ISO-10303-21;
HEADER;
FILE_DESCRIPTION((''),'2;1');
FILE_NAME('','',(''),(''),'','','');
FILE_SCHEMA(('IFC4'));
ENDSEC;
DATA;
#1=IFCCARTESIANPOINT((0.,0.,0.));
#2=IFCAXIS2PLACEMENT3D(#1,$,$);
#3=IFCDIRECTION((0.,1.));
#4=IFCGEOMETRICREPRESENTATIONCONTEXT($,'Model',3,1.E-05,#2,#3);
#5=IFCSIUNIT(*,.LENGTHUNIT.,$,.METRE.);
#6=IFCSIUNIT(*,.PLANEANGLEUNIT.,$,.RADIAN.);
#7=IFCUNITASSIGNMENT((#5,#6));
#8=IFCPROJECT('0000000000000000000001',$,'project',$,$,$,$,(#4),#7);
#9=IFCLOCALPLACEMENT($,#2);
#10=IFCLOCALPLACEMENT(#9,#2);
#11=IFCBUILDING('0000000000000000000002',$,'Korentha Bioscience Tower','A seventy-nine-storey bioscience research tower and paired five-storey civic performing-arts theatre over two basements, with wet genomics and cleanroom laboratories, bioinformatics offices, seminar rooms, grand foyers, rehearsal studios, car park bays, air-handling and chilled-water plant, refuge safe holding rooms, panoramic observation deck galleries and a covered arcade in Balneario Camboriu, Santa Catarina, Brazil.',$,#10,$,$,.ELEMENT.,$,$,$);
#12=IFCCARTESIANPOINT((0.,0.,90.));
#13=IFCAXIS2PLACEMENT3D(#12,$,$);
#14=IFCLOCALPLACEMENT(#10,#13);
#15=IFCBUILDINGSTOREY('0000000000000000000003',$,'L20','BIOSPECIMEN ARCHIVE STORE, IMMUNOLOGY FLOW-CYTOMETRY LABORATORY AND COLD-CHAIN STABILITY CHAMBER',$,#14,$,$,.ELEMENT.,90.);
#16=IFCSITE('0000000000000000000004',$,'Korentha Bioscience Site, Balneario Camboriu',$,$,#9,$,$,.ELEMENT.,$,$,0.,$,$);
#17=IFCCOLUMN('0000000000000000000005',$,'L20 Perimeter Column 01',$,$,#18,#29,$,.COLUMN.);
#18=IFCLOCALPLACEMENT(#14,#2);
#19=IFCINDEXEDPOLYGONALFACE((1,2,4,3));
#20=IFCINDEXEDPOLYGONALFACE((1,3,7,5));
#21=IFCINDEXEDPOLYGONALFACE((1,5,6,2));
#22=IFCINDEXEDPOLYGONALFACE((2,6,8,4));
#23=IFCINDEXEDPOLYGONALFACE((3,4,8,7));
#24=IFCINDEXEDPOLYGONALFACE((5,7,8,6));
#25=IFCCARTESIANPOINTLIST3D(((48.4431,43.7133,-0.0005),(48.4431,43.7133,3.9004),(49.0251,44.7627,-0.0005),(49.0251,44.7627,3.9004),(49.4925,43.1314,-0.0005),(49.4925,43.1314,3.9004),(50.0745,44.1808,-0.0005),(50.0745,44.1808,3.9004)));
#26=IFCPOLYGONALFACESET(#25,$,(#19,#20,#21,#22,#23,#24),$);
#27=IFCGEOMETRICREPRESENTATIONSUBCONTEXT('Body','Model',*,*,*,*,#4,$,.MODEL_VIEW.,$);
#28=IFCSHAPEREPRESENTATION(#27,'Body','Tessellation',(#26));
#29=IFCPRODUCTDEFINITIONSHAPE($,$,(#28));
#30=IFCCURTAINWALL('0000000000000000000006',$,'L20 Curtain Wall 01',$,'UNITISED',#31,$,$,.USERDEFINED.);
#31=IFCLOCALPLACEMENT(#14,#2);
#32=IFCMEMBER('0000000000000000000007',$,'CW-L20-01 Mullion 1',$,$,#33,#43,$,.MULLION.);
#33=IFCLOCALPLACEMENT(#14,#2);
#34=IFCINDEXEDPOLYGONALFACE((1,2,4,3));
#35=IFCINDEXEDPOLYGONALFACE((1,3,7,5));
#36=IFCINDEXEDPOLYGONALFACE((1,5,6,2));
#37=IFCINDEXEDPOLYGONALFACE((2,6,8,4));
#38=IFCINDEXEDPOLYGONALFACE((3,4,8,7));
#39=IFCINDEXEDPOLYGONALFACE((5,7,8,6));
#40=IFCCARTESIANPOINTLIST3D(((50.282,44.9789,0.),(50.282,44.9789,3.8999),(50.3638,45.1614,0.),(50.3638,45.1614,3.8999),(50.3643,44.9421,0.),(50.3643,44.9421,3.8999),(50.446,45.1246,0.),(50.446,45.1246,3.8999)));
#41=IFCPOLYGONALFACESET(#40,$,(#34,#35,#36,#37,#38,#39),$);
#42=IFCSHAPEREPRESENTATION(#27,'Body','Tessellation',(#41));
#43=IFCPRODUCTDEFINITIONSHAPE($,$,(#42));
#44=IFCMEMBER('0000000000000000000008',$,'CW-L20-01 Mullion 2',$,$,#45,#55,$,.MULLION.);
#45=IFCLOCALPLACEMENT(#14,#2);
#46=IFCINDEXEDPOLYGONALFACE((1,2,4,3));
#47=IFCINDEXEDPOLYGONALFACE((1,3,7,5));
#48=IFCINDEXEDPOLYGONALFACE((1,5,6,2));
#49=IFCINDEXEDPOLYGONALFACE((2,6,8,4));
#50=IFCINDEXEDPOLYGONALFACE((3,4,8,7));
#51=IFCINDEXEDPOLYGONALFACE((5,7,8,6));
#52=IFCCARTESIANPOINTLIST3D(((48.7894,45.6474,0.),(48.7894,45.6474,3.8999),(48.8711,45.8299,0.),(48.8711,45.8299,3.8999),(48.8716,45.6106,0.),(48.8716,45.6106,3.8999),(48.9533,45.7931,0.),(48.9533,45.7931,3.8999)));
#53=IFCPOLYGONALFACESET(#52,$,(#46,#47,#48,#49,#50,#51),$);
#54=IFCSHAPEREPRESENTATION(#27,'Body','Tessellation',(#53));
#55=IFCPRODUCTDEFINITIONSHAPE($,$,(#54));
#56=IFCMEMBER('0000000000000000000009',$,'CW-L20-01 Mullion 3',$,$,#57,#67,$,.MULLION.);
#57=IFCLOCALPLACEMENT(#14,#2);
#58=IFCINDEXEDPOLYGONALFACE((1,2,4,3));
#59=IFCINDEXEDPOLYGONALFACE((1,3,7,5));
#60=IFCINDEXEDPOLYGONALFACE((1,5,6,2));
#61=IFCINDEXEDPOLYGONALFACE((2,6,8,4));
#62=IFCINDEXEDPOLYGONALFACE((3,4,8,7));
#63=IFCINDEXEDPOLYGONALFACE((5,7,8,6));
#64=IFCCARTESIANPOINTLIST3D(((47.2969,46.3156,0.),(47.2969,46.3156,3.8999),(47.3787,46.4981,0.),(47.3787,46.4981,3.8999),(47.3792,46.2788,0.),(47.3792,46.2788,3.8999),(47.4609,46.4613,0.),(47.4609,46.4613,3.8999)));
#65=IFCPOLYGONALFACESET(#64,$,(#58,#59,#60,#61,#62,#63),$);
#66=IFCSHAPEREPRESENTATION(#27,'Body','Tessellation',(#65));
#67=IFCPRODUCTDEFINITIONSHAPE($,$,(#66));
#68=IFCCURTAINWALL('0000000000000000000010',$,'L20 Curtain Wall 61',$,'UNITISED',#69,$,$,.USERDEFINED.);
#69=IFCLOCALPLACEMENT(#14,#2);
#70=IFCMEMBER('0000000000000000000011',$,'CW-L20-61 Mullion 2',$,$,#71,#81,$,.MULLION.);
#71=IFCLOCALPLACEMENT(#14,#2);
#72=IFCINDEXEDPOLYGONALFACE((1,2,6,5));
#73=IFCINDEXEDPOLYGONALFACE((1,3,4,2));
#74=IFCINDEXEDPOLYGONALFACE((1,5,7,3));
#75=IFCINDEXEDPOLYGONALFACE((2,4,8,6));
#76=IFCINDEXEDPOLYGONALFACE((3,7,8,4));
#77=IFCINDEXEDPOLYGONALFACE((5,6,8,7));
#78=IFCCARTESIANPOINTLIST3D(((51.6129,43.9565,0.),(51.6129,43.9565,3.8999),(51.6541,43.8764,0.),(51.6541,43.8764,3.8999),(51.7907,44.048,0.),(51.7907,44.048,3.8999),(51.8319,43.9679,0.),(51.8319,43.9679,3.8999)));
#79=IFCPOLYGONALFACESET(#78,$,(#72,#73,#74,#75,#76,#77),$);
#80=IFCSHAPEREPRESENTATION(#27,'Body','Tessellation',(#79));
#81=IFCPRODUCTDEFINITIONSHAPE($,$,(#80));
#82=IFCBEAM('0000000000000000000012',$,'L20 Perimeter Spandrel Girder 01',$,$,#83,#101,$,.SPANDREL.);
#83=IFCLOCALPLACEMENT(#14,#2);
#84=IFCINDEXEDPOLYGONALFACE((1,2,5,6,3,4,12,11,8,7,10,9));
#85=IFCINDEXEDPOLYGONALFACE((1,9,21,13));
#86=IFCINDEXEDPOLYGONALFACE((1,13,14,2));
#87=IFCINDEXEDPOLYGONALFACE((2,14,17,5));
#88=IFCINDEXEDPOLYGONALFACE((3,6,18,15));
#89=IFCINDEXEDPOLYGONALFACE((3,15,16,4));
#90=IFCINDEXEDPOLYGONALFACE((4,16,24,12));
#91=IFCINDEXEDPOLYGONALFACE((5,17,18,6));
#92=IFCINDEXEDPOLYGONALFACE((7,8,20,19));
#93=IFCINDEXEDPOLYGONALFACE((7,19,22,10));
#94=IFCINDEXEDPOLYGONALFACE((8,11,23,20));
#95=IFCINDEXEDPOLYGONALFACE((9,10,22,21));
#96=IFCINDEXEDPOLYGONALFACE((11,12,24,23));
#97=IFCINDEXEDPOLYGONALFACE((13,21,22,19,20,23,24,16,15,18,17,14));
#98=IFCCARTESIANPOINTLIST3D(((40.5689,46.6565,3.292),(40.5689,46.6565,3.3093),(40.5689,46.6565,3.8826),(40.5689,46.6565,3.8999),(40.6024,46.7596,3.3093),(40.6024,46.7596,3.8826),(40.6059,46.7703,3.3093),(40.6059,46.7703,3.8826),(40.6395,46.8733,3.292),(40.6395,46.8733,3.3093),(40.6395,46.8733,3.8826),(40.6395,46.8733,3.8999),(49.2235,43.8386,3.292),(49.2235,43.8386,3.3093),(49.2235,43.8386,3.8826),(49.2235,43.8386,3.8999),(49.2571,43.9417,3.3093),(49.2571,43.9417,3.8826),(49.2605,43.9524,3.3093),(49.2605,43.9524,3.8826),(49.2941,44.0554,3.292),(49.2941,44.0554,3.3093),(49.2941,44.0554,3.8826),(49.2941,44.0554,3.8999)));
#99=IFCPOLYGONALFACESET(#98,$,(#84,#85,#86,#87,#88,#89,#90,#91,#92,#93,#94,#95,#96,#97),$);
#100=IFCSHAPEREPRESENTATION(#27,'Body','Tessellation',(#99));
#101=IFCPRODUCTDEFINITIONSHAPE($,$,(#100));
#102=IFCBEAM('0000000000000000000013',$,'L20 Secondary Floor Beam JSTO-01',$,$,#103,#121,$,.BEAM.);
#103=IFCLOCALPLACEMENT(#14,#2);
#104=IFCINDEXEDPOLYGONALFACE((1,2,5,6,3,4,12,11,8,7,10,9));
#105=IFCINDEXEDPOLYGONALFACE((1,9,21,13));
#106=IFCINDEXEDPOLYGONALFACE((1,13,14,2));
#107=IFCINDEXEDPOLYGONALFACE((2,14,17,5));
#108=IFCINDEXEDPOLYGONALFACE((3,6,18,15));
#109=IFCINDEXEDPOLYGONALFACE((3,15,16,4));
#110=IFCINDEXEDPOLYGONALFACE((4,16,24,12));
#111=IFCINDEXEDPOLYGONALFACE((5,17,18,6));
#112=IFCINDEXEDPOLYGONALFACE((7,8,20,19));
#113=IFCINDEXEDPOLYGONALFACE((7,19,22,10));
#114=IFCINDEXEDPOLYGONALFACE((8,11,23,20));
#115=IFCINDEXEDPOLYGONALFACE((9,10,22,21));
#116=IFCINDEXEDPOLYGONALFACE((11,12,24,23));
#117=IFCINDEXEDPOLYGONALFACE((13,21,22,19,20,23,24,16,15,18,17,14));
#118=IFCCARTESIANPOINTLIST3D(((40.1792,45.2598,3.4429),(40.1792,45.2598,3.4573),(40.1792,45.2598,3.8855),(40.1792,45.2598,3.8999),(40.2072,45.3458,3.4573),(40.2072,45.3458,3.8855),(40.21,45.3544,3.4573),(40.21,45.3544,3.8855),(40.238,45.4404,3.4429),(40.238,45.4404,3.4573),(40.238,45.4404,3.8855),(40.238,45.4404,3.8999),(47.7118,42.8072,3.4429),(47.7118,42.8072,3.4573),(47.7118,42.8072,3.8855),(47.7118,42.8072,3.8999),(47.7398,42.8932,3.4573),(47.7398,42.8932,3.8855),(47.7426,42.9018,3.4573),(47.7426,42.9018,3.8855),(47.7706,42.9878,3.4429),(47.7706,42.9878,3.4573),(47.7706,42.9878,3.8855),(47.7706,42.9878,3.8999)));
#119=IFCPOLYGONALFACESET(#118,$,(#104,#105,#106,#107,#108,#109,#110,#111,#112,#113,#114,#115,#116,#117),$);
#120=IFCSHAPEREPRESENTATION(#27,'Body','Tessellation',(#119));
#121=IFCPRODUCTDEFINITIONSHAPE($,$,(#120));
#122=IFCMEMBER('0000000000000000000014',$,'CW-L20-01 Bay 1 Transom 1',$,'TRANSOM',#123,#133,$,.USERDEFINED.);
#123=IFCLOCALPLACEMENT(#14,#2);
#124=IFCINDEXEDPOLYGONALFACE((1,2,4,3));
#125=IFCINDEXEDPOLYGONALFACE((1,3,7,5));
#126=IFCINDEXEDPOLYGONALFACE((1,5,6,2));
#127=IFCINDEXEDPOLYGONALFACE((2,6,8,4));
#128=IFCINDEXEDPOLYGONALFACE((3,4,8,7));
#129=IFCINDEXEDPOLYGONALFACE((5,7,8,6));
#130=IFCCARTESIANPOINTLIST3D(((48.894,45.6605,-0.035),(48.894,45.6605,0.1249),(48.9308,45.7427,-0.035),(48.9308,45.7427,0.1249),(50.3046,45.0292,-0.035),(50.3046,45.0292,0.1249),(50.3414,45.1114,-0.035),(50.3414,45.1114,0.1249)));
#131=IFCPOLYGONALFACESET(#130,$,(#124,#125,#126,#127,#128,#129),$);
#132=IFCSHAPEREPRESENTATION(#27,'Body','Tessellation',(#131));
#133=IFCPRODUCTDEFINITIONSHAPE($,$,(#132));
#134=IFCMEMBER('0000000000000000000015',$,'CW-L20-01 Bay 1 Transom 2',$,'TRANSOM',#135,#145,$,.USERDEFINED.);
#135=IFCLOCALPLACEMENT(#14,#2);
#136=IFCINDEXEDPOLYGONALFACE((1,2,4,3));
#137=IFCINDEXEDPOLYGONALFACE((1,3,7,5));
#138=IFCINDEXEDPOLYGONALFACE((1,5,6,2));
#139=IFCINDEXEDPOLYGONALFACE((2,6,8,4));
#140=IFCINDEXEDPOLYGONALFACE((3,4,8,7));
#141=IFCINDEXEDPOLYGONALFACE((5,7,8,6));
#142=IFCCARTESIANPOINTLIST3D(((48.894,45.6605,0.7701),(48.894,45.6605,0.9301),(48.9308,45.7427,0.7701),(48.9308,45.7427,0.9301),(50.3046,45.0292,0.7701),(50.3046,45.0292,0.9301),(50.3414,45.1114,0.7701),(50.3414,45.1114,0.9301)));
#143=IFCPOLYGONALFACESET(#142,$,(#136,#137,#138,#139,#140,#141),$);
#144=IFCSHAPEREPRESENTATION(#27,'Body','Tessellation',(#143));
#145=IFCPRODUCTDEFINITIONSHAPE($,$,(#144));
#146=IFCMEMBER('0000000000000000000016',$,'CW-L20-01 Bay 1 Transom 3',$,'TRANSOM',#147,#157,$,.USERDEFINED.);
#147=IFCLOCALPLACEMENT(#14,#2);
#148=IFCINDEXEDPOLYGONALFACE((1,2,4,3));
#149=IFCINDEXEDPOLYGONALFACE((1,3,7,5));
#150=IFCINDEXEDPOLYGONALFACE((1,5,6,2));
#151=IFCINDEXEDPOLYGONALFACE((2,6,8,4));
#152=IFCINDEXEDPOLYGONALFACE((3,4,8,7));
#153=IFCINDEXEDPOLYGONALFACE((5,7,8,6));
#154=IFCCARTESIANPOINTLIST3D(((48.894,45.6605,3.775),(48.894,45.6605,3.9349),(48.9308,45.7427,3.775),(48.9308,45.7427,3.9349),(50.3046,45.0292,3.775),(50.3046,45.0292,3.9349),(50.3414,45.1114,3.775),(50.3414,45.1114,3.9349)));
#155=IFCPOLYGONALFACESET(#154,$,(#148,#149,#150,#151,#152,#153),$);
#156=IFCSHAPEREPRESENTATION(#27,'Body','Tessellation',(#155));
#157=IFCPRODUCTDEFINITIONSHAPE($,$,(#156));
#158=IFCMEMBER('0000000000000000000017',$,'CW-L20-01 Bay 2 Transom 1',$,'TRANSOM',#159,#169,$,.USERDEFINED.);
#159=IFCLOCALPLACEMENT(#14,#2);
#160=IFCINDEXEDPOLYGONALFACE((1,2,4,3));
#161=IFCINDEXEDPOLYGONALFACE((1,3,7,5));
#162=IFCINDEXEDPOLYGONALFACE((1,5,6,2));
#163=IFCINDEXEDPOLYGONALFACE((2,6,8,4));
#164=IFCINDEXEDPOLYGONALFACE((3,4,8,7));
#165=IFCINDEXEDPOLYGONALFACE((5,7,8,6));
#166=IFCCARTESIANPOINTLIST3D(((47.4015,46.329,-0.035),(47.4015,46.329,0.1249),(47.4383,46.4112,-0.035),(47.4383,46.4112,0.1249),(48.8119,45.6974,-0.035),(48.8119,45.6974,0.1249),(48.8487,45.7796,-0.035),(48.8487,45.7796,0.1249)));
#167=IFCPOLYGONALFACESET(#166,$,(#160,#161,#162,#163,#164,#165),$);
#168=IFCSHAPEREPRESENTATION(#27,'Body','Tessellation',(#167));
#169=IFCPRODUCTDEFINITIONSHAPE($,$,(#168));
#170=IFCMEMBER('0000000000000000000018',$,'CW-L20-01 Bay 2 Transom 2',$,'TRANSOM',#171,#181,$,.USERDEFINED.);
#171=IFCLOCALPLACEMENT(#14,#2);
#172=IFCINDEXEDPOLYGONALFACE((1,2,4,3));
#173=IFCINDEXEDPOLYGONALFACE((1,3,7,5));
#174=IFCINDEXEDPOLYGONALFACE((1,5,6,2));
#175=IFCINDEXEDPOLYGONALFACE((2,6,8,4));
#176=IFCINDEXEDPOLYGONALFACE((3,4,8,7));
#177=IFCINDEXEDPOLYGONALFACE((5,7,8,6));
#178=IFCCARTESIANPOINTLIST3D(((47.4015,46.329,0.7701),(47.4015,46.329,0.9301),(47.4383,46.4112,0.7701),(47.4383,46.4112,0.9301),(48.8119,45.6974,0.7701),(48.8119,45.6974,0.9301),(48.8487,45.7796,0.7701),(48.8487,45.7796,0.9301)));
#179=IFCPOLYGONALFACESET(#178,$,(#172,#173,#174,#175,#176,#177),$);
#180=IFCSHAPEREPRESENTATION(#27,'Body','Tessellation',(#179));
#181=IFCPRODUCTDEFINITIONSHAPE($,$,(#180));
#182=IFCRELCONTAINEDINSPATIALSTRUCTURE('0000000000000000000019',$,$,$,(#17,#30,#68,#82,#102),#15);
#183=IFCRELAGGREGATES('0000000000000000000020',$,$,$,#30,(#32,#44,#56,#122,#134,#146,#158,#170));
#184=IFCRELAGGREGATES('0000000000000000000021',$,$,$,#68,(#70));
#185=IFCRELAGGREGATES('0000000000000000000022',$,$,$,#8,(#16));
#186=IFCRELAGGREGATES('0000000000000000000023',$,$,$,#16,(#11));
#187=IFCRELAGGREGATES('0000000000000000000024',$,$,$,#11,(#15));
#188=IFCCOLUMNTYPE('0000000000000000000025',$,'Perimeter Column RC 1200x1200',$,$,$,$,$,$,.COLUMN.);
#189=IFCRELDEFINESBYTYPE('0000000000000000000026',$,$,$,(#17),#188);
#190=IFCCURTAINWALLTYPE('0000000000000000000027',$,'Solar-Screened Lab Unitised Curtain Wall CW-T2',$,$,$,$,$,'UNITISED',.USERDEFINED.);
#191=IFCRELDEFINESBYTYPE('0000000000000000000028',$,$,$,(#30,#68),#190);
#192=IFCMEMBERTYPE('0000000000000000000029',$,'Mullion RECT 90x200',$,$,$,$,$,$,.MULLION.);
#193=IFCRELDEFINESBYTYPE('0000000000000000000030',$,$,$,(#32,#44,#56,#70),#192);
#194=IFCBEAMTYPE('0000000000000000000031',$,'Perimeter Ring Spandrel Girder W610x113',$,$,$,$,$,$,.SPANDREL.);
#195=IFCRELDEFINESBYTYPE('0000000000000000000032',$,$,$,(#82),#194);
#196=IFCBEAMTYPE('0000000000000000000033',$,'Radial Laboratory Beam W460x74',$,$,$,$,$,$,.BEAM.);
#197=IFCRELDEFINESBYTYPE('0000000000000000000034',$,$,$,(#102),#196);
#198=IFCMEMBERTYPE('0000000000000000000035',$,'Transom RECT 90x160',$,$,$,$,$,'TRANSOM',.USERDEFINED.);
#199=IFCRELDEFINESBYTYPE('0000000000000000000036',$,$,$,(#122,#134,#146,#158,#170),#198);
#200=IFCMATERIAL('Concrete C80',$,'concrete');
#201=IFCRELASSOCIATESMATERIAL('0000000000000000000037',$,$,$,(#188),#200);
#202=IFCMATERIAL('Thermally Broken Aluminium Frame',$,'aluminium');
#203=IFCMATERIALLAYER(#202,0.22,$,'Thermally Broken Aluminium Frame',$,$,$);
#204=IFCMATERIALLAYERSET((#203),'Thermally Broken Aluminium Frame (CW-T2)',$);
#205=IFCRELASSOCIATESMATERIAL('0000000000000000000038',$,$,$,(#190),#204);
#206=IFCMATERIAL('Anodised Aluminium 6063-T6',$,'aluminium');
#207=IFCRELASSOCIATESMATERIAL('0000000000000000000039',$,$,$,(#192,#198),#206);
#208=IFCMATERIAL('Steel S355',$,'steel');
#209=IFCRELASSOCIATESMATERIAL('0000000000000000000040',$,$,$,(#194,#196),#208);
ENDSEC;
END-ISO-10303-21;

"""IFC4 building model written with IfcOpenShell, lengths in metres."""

from ifc_helpers import new_model, si_unit, direction, frame, origin, origin_2d, place, context, subcontext, project, spatial, rectangle, i_section, extrude, material, layer, layer_set, material_profile, profile_set, type_object, element, aggregate, save


model = new_model("IFC4")

# Units and contexts
model_context = context("Model", 3, precision=1e-05, world=origin(), true_north=direction((0.0, 1.0)))
body_context = subcontext(model_context, "Body", "Model", "MODEL_VIEW")
ifc_project = project(units=[si_unit("LENGTHUNIT", "METRE"), si_unit("PLANEANGLEUNIT", "RADIAN")], contexts=[model_context])

# Site, building, storey
site_placement = place(None, origin())
site = spatial("IfcSite", under=ifc_project, at=site_placement, Name="Korentha Bioscience Site, Balneario Camboriu", CompositionType="ELEMENT", RefElevation=0.0)
building_placement = place(site_placement, origin())
building = spatial("IfcBuilding", under=site, at=building_placement, Name="Korentha Bioscience Tower", Description="A seventy-nine-storey bioscience research tower and paired five-storey civic performing-arts theatre over two basements, with wet genomics and cleanroom laboratories, bioinformatics offices, seminar rooms, grand foyers, rehearsal studios, car park bays, air-handling and chilled-water plant, refuge safe holding rooms, panoramic observation deck galleries and a covered arcade in Balneario Camboriu, Santa Catarina, Brazil.", CompositionType="ELEMENT")
storey_placement = place(building_placement, frame((0.0, 0.0, 90.0)))
storey = spatial("IfcBuildingStorey", under=building, at=storey_placement, Name="L20", Description="BIOSPECIMEN ARCHIVE STORE, IMMUNOLOGY FLOW-CYTOMETRY LABORATORY AND COLD-CHAIN STABILITY CHAMBER", CompositionType="ELEMENT", Elevation=90.0)

# Column
ifc_material_1 = material(Name="Concrete C80", Category="concrete")
ifc_material_profile_1 = material_profile(ifc_material_1, rectangle(XDim=1.2, YDim=1.2, at=origin_2d()), Name="Concrete C80")
ifc_profile_set_1 = profile_set([ifc_material_profile_1], Name="Concrete C80 (COL-P12)")
column_type = type_object("IfcColumnType", Name="Perimeter Column RC 1200x1200", PredefinedType="COLUMN", material=ifc_profile_set_1)
column_placement = place(storey_placement, frame((49.2588, 43.947, -0.0005), z_axis=(0.0, 0.0, 1.0), x_axis=(-0.874535, 0.484962, 0.0)))
element("IfcColumn", 1, at=column_placement, inside=storey, type_object=column_type, Name="L20 Perimeter Column 01", PredefinedType="COLUMN", context=body_context, shape_type="SweptSolid", body=[
    extrude(rectangle(XDim=1.2, YDim=1.2, at=origin_2d()), origin(), (0.0, 0.0, 1.0), 3.9009),
])

# Curtain wall, members
ifc_material_2 = material(Name="Thermally Broken Aluminium Frame", Category="aluminium")
ifc_layer_1 = layer(ifc_material_2, 0.22, Name="Thermally Broken Aluminium Frame")
ifc_layer_set_1 = layer_set([ifc_layer_1], Name="Thermally Broken Aluminium Frame (CW-T2)")
curtain_wall_type = type_object("IfcCurtainWallType", Name="Solar-Screened Lab Unitised Curtain Wall CW-T2", ElementType="UNITISED", PredefinedType="USERDEFINED", material=ifc_layer_set_1)
curtain_wall_1_placement = place(storey_placement, origin())
curtain_wall_1 = element("IfcCurtainWall", 2, at=curtain_wall_1_placement, inside=storey, type_object=curtain_wall_type, Name="L20 Curtain Wall 01", ObjectType="UNITISED", PredefinedType="USERDEFINED")
ifc_material_3 = material(Name="Anodised Aluminium 6063-T6", Category="aluminium")
ifc_material_profile_2 = material_profile(ifc_material_3, rectangle(XDim=0.0901, YDim=0.2, at=origin_2d()), Name="Anodised Aluminium 6063-T6")
ifc_profile_set_2 = profile_set([ifc_material_profile_2], Name="Anodised Aluminium 6063-T6 (CW-MUL)")
member_type_1 = type_object("IfcMemberType", Name="Mullion RECT 90x200", PredefinedType="MULLION", material=ifc_profile_set_2)
member_1_placement = place(storey_placement, frame((50.364, 45.0518, 0.0), z_axis=(0.0, 0.0, 1.0), x_axis=(-0.912687, 0.40866, 0.0)))
member_1 = element("IfcMember", 3, at=member_1_placement, type_object=member_type_1, Name="CW-L20-01 Mullion 1", PredefinedType="MULLION", context=body_context, shape_type="SweptSolid", body=[
    extrude(rectangle(XDim=0.0901, YDim=0.2, at=origin_2d()), origin(), (0.0, 0.0, 1.0), 3.8999),
])
member_2_placement = place(storey_placement, frame((48.8713, 45.7202, 0.0), z_axis=(0.0, 0.0, 1.0), x_axis=(-0.912687, 0.40866, 0.0)))
member_2 = element("IfcMember", 4, at=member_2_placement, type_object=member_type_1, Name="CW-L20-01 Mullion 2", PredefinedType="MULLION", context=body_context, shape_type="SweptSolid", body=[
    extrude(rectangle(XDim=0.0901, YDim=0.2, at=origin_2d()), origin(), (0.0, 0.0, 1.0), 3.8999),
])
member_3_placement = place(storey_placement, frame((47.3789, 46.3884, 0.0), z_axis=(0.0, 0.0, 1.0), x_axis=(-0.912687, 0.40866, 0.0)))
member_3 = element("IfcMember", 5, at=member_3_placement, type_object=member_type_1, Name="CW-L20-01 Mullion 3", PredefinedType="MULLION", context=body_context, shape_type="SweptSolid", body=[
    extrude(rectangle(XDim=0.0901, YDim=0.2, at=origin_2d()), origin(), (0.0, 0.0, 1.0), 3.8999),
])

# Curtain wall, member
curtain_wall_2_placement = place(storey_placement, origin())
curtain_wall_2 = element("IfcCurtainWall", 6, at=curtain_wall_2_placement, inside=storey, type_object=curtain_wall_type, Name="L20 Curtain Wall 61", ObjectType="UNITISED", PredefinedType="USERDEFINED")
member_4_placement = place(storey_placement, frame((51.7224, 43.9622, 0.0), z_axis=(0.0, 0.0, 1.0), x_axis=(-0.457613, 0.889151, 0.0)))
member_4 = element("IfcMember", 7, at=member_4_placement, type_object=member_type_1, Name="CW-L20-61 Mullion 2", PredefinedType="MULLION", context=body_context, shape_type="SweptSolid", body=[
    extrude(rectangle(XDim=0.0901, YDim=0.2, at=origin_2d()), origin(), (0.0, 0.0, 1.0), 3.8999),
])

# Beams
ifc_material_4 = material(Name="Steel S355", Category="steel")
ifc_material_profile_3 = material_profile(ifc_material_4, i_section(OverallWidth=0.228, OverallDepth=0.6079, WebThickness=0.0112, FlangeThickness=0.0173, at=origin_2d()), Name="Steel S355")
ifc_profile_set_3 = profile_set([ifc_material_profile_3], Name="Steel S355 (SB-610)")
beam_type_1 = type_object("IfcBeamType", Name="Perimeter Ring Spandrel Girder W610x113", PredefinedType="SPANDREL", material=ifc_profile_set_3)
beam_1_placement = place(storey_placement, frame((49.2588, 43.947, 3.5959), z_axis=(-0.950868, 0.309597, 0.0), x_axis=(-0.309597, -0.950868, 0.0)))
element("IfcBeam", 8, at=beam_1_placement, inside=storey, type_object=beam_type_1, Name="L20 Perimeter Spandrel Girder 01", PredefinedType="SPANDREL", context=body_context, shape_type="SweptSolid", body=[
    extrude(i_section(OverallWidth=0.228, OverallDepth=0.6079, WebThickness=0.0112, FlangeThickness=0.0173, at=origin_2d()), origin(), (0.0, 0.0, 1.0), 9.1018),
])
ifc_material_profile_4 = material_profile(ifc_material_4, i_section(OverallWidth=0.1899, OverallDepth=0.457, WebThickness=0.009, FlangeThickness=0.0144, at=origin_2d()), Name="Steel S355")
ifc_profile_set_4 = profile_set([ifc_material_profile_4], Name="Steel S355 (RB-460)")
beam_type_2 = type_object("IfcBeamType", Name="Radial Laboratory Beam W460x74", PredefinedType="BEAM", material=ifc_profile_set_4)
beam_2_placement = place(storey_placement, frame((47.7412, 42.8975, 3.6714), z_axis=(-0.950867, 0.3096, 0.0), x_axis=(-0.3096, -0.950867, 0.0)))
element("IfcBeam", 9, at=beam_2_placement, inside=storey, type_object=beam_type_2, Name="L20 Secondary Floor Beam JSTO-01", PredefinedType="BEAM", context=body_context, shape_type="SweptSolid", body=[
    extrude(i_section(OverallWidth=0.1899, OverallDepth=0.457, WebThickness=0.009, FlangeThickness=0.0144, at=origin_2d()), origin(), (0.0, 0.0, 1.0), 7.9219),
])

# Members
ifc_material_profile_5 = material_profile(ifc_material_3, rectangle(XDim=0.0901, YDim=0.1599, at=origin_2d()), Name="Anodised Aluminium 6063-T6")
ifc_profile_set_5 = profile_set([ifc_material_profile_5], Name="Anodised Aluminium 6063-T6 (CW-TRN)")
member_type_2 = type_object("IfcMemberType", Name="Transom RECT 90x160", ElementType="TRANSOM", PredefinedType="USERDEFINED", material=ifc_profile_set_5)
member_5_placement = place(storey_placement, frame((50.323, 45.0703, 0.0449), z_axis=(-0.912753, 0.408512, 0.0), x_axis=(-0.408512, -0.912753, 0.0)))
member_5 = element("IfcMember", 10, at=member_5_placement, type_object=member_type_2, Name="CW-L20-01 Bay 1 Transom 1", ObjectType="TRANSOM", PredefinedType="USERDEFINED", context=body_context, shape_type="SweptSolid", body=[
    extrude(rectangle(XDim=0.0901, YDim=0.1599, at=origin_2d()), origin(), (0.0, 0.0, 1.0), 1.5454),
])
member_6_placement = place(storey_placement, frame((50.323, 45.0703, 0.8501), z_axis=(-0.912753, 0.408512, 0.0), x_axis=(-0.408512, -0.912753, 0.0)))
member_6 = element("IfcMember", 11, at=member_6_placement, type_object=member_type_2, Name="CW-L20-01 Bay 1 Transom 2", ObjectType="TRANSOM", PredefinedType="USERDEFINED", context=body_context, shape_type="SweptSolid", body=[
    extrude(rectangle(XDim=0.0901, YDim=0.1599, at=origin_2d()), origin(), (0.0, 0.0, 1.0), 1.5454),
])
member_7_placement = place(storey_placement, frame((50.323, 45.0703, 3.855), z_axis=(-0.912753, 0.408512, 0.0), x_axis=(-0.408512, -0.912753, 0.0)))
member_7 = element("IfcMember", 12, at=member_7_placement, type_object=member_type_2, Name="CW-L20-01 Bay 1 Transom 3", ObjectType="TRANSOM", PredefinedType="USERDEFINED", context=body_context, shape_type="SweptSolid", body=[
    extrude(rectangle(XDim=0.0901, YDim=0.1599, at=origin_2d()), origin(), (0.0, 0.0, 1.0), 1.5454),
])
member_8_placement = place(storey_placement, frame((48.8303, 45.7385, 0.0449), z_axis=(-0.912668, 0.408702, 0.0), x_axis=(-0.408702, -0.912668, 0.0)))
member_8 = element("IfcMember", 13, at=member_8_placement, type_object=member_type_2, Name="CW-L20-01 Bay 2 Transom 1", ObjectType="TRANSOM", PredefinedType="USERDEFINED", context=body_context, shape_type="SweptSolid", body=[
    extrude(rectangle(XDim=0.0901, YDim=0.1599, at=origin_2d()), origin(), (0.0, 0.0, 1.0), 1.5454),
])
member_9_placement = place(storey_placement, frame((48.8303, 45.7385, 0.8501), z_axis=(-0.912668, 0.408702, 0.0), x_axis=(-0.408702, -0.912668, 0.0)))
member_9 = element("IfcMember", 14, at=member_9_placement, type_object=member_type_2, Name="CW-L20-01 Bay 2 Transom 2", ObjectType="TRANSOM", PredefinedType="USERDEFINED", context=body_context, shape_type="SweptSolid", body=[
    extrude(rectangle(XDim=0.0901, YDim=0.1599, at=origin_2d()), origin(), (0.0, 0.0, 1.0), 1.5454),
])

aggregate(curtain_wall_1, [member_1, member_2, member_3, member_5, member_6, member_7, member_8, member_9])
aggregate(curtain_wall_2, [member_4])

save(model, "model.ifc")
